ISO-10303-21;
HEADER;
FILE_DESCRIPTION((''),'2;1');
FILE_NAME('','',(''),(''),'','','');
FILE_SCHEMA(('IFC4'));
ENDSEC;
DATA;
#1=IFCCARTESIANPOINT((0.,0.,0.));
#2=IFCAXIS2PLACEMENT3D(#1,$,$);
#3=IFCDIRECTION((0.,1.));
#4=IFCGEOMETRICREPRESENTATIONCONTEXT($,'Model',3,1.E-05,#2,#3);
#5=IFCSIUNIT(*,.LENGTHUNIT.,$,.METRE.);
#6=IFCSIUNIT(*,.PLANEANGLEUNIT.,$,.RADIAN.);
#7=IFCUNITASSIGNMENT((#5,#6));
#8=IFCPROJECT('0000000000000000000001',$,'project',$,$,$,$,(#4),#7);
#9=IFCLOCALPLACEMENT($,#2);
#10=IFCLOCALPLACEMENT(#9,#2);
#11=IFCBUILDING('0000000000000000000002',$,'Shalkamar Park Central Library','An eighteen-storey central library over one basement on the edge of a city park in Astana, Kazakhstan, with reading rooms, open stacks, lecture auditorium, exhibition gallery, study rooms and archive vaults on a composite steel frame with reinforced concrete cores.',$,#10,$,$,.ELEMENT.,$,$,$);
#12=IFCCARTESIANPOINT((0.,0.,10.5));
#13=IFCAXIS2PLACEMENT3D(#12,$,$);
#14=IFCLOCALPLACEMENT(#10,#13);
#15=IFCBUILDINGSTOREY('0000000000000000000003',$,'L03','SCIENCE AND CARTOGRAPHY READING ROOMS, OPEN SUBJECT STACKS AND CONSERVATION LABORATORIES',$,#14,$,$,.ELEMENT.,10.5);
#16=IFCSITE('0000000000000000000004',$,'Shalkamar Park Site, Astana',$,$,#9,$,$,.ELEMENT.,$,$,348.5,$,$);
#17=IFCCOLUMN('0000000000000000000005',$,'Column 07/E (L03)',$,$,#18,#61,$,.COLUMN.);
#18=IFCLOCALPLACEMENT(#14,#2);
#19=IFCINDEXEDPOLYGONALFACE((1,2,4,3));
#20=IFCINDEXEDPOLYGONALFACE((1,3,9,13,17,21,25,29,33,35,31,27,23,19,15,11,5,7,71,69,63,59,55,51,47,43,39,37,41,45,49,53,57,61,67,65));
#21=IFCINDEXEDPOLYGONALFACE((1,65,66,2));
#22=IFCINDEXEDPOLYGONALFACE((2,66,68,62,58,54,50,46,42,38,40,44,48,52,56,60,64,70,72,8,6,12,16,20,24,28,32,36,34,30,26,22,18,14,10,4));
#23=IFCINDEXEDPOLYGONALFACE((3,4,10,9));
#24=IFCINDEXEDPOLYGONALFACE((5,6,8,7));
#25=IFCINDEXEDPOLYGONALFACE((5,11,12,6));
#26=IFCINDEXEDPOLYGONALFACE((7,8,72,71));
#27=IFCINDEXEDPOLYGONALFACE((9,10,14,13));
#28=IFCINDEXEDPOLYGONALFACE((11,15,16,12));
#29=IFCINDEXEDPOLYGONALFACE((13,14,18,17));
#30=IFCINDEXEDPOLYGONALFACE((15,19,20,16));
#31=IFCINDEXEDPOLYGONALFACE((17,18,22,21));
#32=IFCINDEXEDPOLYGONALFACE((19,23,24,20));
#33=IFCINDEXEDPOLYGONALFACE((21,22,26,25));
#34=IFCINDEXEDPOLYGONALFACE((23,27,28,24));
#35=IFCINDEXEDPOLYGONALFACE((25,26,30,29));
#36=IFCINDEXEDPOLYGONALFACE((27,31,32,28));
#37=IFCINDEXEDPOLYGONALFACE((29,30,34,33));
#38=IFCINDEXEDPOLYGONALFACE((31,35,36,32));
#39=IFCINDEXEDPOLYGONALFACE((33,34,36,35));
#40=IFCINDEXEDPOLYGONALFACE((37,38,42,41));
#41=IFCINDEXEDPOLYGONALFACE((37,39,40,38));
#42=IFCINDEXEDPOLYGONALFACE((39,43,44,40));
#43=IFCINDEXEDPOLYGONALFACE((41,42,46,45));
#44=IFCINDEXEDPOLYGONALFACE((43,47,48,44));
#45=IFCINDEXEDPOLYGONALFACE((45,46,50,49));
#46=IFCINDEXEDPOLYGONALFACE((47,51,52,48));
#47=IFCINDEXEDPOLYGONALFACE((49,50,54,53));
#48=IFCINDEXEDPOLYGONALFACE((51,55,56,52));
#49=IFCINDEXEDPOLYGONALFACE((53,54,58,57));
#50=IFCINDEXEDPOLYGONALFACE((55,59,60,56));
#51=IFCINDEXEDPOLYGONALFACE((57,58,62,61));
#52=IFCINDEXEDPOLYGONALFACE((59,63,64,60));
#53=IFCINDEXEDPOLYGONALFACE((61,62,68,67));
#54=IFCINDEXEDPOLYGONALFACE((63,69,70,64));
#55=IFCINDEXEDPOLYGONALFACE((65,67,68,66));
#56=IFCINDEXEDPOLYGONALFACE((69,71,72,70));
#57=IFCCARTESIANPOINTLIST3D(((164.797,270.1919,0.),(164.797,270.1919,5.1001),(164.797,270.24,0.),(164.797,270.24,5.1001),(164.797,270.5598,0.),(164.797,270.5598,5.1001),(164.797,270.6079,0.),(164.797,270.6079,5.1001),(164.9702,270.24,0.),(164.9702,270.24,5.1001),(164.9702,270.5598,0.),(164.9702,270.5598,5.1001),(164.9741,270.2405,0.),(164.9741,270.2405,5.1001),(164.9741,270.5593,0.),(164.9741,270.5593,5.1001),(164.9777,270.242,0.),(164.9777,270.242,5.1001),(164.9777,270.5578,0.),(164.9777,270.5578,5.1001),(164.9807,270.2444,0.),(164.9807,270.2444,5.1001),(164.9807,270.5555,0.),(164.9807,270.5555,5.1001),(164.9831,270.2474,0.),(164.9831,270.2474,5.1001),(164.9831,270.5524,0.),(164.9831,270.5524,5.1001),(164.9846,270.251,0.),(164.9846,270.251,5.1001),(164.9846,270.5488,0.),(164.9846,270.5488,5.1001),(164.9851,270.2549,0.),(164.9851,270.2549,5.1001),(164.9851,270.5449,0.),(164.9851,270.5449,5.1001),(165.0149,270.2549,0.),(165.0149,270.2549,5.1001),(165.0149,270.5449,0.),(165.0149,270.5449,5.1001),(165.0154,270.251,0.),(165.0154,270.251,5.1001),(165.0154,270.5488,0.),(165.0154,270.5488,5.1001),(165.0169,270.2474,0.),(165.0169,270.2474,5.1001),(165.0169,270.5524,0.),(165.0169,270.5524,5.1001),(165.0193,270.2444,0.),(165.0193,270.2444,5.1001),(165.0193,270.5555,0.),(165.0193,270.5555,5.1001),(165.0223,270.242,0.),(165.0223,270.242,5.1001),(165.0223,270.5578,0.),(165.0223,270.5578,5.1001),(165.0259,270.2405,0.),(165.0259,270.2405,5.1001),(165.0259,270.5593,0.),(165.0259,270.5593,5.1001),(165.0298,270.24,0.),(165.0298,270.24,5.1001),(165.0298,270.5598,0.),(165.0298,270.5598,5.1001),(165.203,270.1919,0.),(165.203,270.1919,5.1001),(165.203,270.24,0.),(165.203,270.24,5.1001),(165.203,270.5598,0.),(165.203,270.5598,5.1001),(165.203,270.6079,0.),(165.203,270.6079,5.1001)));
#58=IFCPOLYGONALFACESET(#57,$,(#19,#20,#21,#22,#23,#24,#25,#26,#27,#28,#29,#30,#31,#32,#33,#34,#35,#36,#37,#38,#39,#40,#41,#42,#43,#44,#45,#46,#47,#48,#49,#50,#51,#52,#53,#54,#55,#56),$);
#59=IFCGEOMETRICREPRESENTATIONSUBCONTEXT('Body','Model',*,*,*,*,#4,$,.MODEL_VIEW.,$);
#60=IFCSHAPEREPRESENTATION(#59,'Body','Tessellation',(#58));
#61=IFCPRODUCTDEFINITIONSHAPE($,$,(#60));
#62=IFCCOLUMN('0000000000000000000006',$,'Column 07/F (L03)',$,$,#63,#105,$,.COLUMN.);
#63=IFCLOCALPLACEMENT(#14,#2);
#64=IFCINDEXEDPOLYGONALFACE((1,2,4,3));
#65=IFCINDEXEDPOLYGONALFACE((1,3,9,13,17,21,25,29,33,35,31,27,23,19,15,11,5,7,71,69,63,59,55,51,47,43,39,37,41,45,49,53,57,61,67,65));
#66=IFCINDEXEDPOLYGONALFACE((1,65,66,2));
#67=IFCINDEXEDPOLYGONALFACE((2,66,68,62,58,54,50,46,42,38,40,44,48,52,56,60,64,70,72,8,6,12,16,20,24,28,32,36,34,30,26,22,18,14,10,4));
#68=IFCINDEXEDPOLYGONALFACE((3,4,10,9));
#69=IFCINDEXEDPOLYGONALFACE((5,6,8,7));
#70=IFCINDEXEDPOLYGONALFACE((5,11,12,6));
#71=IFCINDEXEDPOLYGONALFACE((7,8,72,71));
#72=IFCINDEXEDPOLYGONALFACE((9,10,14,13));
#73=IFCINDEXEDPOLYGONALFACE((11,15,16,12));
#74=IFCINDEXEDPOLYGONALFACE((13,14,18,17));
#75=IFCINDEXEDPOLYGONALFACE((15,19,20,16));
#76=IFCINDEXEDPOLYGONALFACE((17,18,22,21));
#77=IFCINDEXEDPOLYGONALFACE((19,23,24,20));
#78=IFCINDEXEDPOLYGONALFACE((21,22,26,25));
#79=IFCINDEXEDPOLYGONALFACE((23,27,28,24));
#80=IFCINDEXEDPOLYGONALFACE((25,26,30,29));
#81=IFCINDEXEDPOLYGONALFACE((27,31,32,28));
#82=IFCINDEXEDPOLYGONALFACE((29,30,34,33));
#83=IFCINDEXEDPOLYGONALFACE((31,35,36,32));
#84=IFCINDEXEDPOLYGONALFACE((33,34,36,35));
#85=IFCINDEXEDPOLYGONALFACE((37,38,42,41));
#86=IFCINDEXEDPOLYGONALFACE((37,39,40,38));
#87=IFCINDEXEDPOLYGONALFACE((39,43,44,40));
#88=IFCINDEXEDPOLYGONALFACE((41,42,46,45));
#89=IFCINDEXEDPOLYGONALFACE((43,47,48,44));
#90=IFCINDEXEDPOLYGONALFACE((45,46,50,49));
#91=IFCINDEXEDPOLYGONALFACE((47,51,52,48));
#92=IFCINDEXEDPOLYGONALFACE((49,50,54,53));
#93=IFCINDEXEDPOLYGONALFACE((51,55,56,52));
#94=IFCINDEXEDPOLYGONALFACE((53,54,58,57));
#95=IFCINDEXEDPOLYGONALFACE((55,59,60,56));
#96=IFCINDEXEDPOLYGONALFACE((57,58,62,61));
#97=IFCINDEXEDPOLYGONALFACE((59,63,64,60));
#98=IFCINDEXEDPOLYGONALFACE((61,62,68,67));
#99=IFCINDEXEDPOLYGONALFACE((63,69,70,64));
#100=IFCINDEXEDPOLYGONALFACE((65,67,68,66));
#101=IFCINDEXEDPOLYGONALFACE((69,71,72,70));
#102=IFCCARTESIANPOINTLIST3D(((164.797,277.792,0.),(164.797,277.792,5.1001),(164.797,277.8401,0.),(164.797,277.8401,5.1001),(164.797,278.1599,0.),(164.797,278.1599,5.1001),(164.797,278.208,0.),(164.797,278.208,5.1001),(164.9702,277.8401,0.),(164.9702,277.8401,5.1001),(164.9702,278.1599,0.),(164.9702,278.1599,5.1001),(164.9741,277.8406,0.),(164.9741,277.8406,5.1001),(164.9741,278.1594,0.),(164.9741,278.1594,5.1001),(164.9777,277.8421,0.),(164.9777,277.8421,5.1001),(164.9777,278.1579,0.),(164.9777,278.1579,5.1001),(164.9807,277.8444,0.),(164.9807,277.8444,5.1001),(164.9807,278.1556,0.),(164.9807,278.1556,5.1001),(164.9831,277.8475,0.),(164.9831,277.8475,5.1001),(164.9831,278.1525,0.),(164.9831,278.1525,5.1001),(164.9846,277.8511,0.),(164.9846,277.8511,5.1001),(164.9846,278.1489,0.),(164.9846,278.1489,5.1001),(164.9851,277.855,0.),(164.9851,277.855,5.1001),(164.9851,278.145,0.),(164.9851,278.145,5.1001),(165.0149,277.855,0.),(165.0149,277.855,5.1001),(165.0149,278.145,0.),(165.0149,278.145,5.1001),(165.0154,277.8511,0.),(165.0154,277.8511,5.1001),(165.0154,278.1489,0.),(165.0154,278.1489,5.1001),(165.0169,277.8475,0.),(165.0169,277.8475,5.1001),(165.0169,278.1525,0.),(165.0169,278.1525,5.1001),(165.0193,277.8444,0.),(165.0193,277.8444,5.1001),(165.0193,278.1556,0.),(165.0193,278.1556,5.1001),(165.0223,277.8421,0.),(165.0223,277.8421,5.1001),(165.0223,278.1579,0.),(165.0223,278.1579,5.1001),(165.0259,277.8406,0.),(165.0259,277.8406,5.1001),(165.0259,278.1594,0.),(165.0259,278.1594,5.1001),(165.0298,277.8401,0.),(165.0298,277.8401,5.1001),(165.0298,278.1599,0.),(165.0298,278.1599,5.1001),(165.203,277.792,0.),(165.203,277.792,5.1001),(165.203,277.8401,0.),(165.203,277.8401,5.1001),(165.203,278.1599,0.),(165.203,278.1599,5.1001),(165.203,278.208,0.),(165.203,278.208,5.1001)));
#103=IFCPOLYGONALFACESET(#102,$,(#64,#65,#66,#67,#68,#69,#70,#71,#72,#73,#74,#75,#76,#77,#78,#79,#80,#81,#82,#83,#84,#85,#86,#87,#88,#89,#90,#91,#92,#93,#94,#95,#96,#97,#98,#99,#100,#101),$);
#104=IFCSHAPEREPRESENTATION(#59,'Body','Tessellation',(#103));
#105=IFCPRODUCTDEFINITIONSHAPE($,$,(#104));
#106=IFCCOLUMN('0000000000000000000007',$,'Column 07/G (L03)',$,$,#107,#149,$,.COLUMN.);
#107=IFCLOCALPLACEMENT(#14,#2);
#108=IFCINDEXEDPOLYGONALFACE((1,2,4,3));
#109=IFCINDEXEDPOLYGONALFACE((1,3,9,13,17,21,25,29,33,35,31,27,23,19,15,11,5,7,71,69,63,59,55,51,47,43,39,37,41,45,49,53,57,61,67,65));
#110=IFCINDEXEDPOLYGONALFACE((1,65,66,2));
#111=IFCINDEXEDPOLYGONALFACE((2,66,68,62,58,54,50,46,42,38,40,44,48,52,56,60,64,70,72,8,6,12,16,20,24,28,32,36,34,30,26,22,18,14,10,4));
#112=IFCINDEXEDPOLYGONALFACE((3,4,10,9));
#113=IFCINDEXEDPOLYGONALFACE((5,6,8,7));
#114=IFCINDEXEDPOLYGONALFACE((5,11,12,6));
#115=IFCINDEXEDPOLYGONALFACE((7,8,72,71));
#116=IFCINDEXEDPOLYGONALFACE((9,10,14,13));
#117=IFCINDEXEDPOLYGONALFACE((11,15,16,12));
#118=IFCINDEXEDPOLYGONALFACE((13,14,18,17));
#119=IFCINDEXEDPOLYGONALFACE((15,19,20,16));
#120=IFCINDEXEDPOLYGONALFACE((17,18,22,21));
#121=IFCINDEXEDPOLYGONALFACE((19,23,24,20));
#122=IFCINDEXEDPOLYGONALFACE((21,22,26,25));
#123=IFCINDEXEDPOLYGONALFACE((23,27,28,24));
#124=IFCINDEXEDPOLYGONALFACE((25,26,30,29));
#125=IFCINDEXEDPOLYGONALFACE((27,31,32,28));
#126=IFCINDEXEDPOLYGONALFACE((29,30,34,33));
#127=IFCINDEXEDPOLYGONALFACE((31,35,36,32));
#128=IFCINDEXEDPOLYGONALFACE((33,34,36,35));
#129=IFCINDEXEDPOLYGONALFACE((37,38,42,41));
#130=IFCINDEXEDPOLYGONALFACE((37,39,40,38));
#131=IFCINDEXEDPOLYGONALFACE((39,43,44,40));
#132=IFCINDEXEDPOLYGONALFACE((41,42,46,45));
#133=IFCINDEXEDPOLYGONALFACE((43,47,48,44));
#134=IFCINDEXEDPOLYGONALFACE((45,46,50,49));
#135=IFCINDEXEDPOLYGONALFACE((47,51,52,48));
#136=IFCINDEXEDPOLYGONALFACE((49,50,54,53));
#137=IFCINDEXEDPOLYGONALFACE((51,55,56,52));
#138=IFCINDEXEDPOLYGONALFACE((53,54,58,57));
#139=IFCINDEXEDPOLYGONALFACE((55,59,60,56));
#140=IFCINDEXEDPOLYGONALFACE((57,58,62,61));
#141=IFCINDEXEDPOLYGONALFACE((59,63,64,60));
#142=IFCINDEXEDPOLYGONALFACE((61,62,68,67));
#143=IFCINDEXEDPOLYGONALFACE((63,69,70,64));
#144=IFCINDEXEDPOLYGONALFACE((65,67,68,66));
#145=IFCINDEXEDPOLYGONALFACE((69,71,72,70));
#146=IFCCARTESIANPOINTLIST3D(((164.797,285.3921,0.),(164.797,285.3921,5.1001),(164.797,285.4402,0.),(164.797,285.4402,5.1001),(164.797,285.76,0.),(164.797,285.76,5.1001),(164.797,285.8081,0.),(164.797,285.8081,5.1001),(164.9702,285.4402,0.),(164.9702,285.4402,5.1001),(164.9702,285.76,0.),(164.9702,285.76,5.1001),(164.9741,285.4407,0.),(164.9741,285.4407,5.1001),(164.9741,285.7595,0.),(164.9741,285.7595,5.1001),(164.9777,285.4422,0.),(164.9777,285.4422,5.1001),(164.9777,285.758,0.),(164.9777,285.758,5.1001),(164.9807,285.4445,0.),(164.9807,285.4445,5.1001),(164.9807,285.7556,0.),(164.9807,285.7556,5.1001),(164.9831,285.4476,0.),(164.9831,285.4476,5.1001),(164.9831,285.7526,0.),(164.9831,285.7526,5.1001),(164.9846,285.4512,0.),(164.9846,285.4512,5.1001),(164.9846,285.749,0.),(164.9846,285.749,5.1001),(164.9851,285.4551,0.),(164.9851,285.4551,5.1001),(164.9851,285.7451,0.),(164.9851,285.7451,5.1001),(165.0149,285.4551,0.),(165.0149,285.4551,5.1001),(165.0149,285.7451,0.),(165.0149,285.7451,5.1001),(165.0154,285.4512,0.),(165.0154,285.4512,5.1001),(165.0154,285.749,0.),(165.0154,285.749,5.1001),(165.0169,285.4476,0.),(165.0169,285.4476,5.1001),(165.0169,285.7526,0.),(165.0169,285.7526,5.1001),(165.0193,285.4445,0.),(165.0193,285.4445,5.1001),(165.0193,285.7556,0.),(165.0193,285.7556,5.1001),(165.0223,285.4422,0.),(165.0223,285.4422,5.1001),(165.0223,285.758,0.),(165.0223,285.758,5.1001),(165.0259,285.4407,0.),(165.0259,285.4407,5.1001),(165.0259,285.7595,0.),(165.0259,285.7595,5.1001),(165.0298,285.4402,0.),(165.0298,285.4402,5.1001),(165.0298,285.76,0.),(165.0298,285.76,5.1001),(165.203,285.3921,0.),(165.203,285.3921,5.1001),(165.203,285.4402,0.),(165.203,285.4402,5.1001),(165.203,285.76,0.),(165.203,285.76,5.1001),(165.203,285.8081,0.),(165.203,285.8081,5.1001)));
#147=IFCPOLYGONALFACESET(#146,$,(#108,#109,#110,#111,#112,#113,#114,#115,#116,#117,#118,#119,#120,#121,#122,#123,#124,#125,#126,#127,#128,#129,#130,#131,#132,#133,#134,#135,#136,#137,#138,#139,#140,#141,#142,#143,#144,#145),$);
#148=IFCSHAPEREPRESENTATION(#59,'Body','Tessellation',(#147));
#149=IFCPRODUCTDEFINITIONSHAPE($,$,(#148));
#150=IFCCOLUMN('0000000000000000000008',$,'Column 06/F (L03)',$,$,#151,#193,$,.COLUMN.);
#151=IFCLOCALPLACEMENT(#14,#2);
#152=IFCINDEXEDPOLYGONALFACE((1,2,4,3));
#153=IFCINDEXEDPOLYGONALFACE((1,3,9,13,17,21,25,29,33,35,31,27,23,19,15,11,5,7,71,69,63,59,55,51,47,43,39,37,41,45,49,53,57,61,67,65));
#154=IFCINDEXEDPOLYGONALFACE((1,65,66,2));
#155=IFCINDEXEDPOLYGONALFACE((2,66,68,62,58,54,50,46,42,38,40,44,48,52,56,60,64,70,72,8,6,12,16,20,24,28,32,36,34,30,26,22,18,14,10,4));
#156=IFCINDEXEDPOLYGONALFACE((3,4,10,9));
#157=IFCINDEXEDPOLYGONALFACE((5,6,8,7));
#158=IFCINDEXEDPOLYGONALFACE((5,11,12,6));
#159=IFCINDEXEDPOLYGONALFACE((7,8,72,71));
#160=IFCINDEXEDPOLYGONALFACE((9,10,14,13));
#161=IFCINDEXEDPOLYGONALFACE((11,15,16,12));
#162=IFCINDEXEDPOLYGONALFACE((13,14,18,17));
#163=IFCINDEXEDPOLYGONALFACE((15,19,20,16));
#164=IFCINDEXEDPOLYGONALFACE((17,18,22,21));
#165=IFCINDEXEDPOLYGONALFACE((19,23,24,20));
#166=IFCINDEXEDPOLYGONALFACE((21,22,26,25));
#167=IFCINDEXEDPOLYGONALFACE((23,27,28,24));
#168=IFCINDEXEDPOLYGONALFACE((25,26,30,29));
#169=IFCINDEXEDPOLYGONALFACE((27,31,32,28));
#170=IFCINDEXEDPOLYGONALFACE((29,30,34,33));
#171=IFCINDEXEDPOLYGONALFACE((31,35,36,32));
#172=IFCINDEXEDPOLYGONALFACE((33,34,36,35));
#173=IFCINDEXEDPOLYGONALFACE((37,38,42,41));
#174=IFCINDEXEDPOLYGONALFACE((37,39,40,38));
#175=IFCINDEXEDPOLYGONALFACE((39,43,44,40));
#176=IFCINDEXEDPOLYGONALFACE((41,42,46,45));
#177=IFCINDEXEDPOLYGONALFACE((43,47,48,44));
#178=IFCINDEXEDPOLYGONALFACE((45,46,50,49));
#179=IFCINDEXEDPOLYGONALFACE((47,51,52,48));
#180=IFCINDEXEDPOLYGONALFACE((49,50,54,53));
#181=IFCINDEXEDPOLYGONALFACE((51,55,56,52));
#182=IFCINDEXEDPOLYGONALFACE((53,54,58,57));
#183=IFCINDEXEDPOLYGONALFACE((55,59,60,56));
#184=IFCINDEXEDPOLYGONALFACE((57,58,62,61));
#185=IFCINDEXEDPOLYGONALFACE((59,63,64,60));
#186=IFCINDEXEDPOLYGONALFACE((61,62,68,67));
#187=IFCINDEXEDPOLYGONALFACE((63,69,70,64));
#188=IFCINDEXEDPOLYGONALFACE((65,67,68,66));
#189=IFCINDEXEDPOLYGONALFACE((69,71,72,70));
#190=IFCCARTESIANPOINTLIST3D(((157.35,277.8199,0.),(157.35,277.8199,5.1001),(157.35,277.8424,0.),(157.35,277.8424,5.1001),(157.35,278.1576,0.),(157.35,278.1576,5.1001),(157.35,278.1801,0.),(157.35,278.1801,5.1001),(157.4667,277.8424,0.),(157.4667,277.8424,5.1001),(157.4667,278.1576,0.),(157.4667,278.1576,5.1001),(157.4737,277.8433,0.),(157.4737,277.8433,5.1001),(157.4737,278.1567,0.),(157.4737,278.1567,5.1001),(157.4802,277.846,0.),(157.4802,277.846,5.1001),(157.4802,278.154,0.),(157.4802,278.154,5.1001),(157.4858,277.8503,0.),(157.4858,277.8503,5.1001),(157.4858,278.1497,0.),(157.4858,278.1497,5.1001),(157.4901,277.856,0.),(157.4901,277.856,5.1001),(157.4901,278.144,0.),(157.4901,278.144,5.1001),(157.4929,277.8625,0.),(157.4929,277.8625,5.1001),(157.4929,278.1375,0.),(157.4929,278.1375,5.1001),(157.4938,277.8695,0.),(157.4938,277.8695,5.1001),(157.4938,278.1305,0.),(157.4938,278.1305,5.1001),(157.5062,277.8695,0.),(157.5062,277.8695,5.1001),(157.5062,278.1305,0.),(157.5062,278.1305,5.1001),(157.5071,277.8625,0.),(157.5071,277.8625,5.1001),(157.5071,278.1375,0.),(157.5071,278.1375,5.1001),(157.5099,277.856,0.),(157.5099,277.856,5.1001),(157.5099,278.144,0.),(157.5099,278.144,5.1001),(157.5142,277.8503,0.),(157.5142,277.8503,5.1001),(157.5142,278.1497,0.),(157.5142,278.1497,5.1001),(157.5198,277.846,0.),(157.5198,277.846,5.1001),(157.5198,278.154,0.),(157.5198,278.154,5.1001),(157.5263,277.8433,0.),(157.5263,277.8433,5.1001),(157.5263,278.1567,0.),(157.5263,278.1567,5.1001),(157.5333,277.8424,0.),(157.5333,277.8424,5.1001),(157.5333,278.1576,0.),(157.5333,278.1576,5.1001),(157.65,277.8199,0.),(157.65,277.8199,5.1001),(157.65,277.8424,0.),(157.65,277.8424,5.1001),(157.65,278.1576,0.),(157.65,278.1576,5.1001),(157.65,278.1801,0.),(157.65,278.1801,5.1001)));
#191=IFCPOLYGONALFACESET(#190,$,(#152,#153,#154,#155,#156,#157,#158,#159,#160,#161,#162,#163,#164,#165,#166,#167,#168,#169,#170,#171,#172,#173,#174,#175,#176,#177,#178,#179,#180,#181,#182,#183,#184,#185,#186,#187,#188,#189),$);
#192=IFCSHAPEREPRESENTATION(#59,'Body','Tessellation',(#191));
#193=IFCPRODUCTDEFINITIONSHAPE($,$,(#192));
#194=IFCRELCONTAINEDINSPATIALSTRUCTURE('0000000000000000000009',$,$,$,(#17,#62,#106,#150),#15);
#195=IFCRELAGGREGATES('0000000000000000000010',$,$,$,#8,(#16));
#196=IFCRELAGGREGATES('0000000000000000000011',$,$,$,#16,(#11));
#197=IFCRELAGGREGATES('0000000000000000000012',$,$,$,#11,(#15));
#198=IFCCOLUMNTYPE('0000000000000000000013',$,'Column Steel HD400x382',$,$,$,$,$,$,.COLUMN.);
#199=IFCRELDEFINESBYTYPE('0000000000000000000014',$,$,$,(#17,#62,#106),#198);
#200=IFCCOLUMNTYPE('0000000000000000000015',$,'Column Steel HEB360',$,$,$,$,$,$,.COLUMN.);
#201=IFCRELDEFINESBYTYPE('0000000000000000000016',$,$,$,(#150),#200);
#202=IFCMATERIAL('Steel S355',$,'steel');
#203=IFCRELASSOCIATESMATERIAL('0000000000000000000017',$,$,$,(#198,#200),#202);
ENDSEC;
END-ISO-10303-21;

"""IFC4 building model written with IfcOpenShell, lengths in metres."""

from ifc_helpers import new_model, si_unit, direction, frame, origin, origin_2d, place, context, subcontext, project, spatial, i_section, extrude, material, material_profile, profile_set, type_object, element, save


model = new_model("IFC4")

# Units and contexts
model_context = context("Model", 3, precision=1e-05, world=origin(), true_north=direction((0.0, 1.0)))
body_context = subcontext(model_context, "Body", "Model", "MODEL_VIEW")
ifc_project = project(units=[si_unit("LENGTHUNIT", "METRE"), si_unit("PLANEANGLEUNIT", "RADIAN")], contexts=[model_context])

# Site, building, storey
site_placement = place(None, origin())
site = spatial("IfcSite", under=ifc_project, at=site_placement, Name="Shalkamar Park Site, Astana", CompositionType="ELEMENT", RefElevation=348.5)
building_placement = place(site_placement, origin())
building = spatial("IfcBuilding", under=site, at=building_placement, Name="Shalkamar Park Central Library", Description="An eighteen-storey central library over one basement on the edge of a city park in Astana, Kazakhstan, with reading rooms, open stacks, lecture auditorium, exhibition gallery, study rooms and archive vaults on a composite steel frame with reinforced concrete cores.", CompositionType="ELEMENT")
storey_placement = place(building_placement, frame((0.0, 0.0, 10.5)))
storey = spatial("IfcBuildingStorey", under=building, at=storey_placement, Name="L03", Description="SCIENCE AND CARTOGRAPHY READING ROOMS, OPEN SUBJECT STACKS AND CONSERVATION LABORATORIES", CompositionType="ELEMENT", Elevation=10.5)

# Columns
ifc_material_1 = material(Name="Steel S355", Category="steel")
ifc_material_profile_1 = material_profile(ifc_material_1, i_section(OverallWidth=0.406, OverallDepth=0.416, WebThickness=0.0298, FlangeThickness=0.0481, FilletRadius=0.0149, at=origin_2d()), Name="HD 400x382")
ifc_profile_set_1 = profile_set([ifc_material_profile_1], Name="Steel S355")
column_type_1 = type_object("IfcColumnType", Name="Column Steel HD400x382", PredefinedType="COLUMN", material=ifc_profile_set_1)
for number, where, z_axis, x_axis, name in (
    (1, (165.0, 270.3999, 0.0), (0.0, 0.0, 1.0), (1.0, 0.0, 0.0), "Column 07/E (L03)"),
    (2, (165.0, 278.0, 0.0), (0.0, 0.0, 1.0), (1.0, 0.0, 0.0), "Column 07/F (L03)"),
    (3, (165.0, 285.6001, 0.0), (0.0, 0.0, 1.0), (1.0, 0.0, 0.0), "Column 07/G (L03)"),
):
    element("IfcColumn", number, at=place(storey_placement, frame(where, z_axis=z_axis, x_axis=x_axis)), inside=storey, type_object=column_type_1, Name=name, PredefinedType="COLUMN", context=body_context, shape_type="SweptSolid", body=[
        extrude(i_section(OverallWidth=0.406, OverallDepth=0.416, WebThickness=0.0298, FlangeThickness=0.0481, FilletRadius=0.0149, at=origin_2d()), origin(), (0.0, 0.0, 1.0), 5.1001),
    ])
ifc_material_profile_2 = material_profile(ifc_material_1, i_section(OverallWidth=0.3, OverallDepth=0.3601, WebThickness=0.0125, FlangeThickness=0.0225, FilletRadius=0.0271, at=origin_2d()), Name="HEB 360")
ifc_profile_set_2 = profile_set([ifc_material_profile_2], Name="Steel S355")
column_type_2 = type_object("IfcColumnType", Name="Column Steel HEB360", PredefinedType="COLUMN", material=ifc_profile_set_2)
for number, where, z_axis, x_axis, name in (
    (4, (157.5, 278.0, 0.0), (0.0, 0.0, 1.0), (1.0, 0.0, 0.0), "Column 06/F (L03)"),
):
    element("IfcColumn", number, at=place(storey_placement, frame(where, z_axis=z_axis, x_axis=x_axis)), inside=storey, type_object=column_type_2, Name=name, PredefinedType="COLUMN", context=body_context, shape_type="SweptSolid", body=[
        extrude(i_section(OverallWidth=0.3, OverallDepth=0.3601, WebThickness=0.0125, FlangeThickness=0.0225, FilletRadius=0.0271, at=origin_2d()), origin(), (0.0, 0.0, 1.0), 5.1001),
    ])

save(model, "model.ifc")
